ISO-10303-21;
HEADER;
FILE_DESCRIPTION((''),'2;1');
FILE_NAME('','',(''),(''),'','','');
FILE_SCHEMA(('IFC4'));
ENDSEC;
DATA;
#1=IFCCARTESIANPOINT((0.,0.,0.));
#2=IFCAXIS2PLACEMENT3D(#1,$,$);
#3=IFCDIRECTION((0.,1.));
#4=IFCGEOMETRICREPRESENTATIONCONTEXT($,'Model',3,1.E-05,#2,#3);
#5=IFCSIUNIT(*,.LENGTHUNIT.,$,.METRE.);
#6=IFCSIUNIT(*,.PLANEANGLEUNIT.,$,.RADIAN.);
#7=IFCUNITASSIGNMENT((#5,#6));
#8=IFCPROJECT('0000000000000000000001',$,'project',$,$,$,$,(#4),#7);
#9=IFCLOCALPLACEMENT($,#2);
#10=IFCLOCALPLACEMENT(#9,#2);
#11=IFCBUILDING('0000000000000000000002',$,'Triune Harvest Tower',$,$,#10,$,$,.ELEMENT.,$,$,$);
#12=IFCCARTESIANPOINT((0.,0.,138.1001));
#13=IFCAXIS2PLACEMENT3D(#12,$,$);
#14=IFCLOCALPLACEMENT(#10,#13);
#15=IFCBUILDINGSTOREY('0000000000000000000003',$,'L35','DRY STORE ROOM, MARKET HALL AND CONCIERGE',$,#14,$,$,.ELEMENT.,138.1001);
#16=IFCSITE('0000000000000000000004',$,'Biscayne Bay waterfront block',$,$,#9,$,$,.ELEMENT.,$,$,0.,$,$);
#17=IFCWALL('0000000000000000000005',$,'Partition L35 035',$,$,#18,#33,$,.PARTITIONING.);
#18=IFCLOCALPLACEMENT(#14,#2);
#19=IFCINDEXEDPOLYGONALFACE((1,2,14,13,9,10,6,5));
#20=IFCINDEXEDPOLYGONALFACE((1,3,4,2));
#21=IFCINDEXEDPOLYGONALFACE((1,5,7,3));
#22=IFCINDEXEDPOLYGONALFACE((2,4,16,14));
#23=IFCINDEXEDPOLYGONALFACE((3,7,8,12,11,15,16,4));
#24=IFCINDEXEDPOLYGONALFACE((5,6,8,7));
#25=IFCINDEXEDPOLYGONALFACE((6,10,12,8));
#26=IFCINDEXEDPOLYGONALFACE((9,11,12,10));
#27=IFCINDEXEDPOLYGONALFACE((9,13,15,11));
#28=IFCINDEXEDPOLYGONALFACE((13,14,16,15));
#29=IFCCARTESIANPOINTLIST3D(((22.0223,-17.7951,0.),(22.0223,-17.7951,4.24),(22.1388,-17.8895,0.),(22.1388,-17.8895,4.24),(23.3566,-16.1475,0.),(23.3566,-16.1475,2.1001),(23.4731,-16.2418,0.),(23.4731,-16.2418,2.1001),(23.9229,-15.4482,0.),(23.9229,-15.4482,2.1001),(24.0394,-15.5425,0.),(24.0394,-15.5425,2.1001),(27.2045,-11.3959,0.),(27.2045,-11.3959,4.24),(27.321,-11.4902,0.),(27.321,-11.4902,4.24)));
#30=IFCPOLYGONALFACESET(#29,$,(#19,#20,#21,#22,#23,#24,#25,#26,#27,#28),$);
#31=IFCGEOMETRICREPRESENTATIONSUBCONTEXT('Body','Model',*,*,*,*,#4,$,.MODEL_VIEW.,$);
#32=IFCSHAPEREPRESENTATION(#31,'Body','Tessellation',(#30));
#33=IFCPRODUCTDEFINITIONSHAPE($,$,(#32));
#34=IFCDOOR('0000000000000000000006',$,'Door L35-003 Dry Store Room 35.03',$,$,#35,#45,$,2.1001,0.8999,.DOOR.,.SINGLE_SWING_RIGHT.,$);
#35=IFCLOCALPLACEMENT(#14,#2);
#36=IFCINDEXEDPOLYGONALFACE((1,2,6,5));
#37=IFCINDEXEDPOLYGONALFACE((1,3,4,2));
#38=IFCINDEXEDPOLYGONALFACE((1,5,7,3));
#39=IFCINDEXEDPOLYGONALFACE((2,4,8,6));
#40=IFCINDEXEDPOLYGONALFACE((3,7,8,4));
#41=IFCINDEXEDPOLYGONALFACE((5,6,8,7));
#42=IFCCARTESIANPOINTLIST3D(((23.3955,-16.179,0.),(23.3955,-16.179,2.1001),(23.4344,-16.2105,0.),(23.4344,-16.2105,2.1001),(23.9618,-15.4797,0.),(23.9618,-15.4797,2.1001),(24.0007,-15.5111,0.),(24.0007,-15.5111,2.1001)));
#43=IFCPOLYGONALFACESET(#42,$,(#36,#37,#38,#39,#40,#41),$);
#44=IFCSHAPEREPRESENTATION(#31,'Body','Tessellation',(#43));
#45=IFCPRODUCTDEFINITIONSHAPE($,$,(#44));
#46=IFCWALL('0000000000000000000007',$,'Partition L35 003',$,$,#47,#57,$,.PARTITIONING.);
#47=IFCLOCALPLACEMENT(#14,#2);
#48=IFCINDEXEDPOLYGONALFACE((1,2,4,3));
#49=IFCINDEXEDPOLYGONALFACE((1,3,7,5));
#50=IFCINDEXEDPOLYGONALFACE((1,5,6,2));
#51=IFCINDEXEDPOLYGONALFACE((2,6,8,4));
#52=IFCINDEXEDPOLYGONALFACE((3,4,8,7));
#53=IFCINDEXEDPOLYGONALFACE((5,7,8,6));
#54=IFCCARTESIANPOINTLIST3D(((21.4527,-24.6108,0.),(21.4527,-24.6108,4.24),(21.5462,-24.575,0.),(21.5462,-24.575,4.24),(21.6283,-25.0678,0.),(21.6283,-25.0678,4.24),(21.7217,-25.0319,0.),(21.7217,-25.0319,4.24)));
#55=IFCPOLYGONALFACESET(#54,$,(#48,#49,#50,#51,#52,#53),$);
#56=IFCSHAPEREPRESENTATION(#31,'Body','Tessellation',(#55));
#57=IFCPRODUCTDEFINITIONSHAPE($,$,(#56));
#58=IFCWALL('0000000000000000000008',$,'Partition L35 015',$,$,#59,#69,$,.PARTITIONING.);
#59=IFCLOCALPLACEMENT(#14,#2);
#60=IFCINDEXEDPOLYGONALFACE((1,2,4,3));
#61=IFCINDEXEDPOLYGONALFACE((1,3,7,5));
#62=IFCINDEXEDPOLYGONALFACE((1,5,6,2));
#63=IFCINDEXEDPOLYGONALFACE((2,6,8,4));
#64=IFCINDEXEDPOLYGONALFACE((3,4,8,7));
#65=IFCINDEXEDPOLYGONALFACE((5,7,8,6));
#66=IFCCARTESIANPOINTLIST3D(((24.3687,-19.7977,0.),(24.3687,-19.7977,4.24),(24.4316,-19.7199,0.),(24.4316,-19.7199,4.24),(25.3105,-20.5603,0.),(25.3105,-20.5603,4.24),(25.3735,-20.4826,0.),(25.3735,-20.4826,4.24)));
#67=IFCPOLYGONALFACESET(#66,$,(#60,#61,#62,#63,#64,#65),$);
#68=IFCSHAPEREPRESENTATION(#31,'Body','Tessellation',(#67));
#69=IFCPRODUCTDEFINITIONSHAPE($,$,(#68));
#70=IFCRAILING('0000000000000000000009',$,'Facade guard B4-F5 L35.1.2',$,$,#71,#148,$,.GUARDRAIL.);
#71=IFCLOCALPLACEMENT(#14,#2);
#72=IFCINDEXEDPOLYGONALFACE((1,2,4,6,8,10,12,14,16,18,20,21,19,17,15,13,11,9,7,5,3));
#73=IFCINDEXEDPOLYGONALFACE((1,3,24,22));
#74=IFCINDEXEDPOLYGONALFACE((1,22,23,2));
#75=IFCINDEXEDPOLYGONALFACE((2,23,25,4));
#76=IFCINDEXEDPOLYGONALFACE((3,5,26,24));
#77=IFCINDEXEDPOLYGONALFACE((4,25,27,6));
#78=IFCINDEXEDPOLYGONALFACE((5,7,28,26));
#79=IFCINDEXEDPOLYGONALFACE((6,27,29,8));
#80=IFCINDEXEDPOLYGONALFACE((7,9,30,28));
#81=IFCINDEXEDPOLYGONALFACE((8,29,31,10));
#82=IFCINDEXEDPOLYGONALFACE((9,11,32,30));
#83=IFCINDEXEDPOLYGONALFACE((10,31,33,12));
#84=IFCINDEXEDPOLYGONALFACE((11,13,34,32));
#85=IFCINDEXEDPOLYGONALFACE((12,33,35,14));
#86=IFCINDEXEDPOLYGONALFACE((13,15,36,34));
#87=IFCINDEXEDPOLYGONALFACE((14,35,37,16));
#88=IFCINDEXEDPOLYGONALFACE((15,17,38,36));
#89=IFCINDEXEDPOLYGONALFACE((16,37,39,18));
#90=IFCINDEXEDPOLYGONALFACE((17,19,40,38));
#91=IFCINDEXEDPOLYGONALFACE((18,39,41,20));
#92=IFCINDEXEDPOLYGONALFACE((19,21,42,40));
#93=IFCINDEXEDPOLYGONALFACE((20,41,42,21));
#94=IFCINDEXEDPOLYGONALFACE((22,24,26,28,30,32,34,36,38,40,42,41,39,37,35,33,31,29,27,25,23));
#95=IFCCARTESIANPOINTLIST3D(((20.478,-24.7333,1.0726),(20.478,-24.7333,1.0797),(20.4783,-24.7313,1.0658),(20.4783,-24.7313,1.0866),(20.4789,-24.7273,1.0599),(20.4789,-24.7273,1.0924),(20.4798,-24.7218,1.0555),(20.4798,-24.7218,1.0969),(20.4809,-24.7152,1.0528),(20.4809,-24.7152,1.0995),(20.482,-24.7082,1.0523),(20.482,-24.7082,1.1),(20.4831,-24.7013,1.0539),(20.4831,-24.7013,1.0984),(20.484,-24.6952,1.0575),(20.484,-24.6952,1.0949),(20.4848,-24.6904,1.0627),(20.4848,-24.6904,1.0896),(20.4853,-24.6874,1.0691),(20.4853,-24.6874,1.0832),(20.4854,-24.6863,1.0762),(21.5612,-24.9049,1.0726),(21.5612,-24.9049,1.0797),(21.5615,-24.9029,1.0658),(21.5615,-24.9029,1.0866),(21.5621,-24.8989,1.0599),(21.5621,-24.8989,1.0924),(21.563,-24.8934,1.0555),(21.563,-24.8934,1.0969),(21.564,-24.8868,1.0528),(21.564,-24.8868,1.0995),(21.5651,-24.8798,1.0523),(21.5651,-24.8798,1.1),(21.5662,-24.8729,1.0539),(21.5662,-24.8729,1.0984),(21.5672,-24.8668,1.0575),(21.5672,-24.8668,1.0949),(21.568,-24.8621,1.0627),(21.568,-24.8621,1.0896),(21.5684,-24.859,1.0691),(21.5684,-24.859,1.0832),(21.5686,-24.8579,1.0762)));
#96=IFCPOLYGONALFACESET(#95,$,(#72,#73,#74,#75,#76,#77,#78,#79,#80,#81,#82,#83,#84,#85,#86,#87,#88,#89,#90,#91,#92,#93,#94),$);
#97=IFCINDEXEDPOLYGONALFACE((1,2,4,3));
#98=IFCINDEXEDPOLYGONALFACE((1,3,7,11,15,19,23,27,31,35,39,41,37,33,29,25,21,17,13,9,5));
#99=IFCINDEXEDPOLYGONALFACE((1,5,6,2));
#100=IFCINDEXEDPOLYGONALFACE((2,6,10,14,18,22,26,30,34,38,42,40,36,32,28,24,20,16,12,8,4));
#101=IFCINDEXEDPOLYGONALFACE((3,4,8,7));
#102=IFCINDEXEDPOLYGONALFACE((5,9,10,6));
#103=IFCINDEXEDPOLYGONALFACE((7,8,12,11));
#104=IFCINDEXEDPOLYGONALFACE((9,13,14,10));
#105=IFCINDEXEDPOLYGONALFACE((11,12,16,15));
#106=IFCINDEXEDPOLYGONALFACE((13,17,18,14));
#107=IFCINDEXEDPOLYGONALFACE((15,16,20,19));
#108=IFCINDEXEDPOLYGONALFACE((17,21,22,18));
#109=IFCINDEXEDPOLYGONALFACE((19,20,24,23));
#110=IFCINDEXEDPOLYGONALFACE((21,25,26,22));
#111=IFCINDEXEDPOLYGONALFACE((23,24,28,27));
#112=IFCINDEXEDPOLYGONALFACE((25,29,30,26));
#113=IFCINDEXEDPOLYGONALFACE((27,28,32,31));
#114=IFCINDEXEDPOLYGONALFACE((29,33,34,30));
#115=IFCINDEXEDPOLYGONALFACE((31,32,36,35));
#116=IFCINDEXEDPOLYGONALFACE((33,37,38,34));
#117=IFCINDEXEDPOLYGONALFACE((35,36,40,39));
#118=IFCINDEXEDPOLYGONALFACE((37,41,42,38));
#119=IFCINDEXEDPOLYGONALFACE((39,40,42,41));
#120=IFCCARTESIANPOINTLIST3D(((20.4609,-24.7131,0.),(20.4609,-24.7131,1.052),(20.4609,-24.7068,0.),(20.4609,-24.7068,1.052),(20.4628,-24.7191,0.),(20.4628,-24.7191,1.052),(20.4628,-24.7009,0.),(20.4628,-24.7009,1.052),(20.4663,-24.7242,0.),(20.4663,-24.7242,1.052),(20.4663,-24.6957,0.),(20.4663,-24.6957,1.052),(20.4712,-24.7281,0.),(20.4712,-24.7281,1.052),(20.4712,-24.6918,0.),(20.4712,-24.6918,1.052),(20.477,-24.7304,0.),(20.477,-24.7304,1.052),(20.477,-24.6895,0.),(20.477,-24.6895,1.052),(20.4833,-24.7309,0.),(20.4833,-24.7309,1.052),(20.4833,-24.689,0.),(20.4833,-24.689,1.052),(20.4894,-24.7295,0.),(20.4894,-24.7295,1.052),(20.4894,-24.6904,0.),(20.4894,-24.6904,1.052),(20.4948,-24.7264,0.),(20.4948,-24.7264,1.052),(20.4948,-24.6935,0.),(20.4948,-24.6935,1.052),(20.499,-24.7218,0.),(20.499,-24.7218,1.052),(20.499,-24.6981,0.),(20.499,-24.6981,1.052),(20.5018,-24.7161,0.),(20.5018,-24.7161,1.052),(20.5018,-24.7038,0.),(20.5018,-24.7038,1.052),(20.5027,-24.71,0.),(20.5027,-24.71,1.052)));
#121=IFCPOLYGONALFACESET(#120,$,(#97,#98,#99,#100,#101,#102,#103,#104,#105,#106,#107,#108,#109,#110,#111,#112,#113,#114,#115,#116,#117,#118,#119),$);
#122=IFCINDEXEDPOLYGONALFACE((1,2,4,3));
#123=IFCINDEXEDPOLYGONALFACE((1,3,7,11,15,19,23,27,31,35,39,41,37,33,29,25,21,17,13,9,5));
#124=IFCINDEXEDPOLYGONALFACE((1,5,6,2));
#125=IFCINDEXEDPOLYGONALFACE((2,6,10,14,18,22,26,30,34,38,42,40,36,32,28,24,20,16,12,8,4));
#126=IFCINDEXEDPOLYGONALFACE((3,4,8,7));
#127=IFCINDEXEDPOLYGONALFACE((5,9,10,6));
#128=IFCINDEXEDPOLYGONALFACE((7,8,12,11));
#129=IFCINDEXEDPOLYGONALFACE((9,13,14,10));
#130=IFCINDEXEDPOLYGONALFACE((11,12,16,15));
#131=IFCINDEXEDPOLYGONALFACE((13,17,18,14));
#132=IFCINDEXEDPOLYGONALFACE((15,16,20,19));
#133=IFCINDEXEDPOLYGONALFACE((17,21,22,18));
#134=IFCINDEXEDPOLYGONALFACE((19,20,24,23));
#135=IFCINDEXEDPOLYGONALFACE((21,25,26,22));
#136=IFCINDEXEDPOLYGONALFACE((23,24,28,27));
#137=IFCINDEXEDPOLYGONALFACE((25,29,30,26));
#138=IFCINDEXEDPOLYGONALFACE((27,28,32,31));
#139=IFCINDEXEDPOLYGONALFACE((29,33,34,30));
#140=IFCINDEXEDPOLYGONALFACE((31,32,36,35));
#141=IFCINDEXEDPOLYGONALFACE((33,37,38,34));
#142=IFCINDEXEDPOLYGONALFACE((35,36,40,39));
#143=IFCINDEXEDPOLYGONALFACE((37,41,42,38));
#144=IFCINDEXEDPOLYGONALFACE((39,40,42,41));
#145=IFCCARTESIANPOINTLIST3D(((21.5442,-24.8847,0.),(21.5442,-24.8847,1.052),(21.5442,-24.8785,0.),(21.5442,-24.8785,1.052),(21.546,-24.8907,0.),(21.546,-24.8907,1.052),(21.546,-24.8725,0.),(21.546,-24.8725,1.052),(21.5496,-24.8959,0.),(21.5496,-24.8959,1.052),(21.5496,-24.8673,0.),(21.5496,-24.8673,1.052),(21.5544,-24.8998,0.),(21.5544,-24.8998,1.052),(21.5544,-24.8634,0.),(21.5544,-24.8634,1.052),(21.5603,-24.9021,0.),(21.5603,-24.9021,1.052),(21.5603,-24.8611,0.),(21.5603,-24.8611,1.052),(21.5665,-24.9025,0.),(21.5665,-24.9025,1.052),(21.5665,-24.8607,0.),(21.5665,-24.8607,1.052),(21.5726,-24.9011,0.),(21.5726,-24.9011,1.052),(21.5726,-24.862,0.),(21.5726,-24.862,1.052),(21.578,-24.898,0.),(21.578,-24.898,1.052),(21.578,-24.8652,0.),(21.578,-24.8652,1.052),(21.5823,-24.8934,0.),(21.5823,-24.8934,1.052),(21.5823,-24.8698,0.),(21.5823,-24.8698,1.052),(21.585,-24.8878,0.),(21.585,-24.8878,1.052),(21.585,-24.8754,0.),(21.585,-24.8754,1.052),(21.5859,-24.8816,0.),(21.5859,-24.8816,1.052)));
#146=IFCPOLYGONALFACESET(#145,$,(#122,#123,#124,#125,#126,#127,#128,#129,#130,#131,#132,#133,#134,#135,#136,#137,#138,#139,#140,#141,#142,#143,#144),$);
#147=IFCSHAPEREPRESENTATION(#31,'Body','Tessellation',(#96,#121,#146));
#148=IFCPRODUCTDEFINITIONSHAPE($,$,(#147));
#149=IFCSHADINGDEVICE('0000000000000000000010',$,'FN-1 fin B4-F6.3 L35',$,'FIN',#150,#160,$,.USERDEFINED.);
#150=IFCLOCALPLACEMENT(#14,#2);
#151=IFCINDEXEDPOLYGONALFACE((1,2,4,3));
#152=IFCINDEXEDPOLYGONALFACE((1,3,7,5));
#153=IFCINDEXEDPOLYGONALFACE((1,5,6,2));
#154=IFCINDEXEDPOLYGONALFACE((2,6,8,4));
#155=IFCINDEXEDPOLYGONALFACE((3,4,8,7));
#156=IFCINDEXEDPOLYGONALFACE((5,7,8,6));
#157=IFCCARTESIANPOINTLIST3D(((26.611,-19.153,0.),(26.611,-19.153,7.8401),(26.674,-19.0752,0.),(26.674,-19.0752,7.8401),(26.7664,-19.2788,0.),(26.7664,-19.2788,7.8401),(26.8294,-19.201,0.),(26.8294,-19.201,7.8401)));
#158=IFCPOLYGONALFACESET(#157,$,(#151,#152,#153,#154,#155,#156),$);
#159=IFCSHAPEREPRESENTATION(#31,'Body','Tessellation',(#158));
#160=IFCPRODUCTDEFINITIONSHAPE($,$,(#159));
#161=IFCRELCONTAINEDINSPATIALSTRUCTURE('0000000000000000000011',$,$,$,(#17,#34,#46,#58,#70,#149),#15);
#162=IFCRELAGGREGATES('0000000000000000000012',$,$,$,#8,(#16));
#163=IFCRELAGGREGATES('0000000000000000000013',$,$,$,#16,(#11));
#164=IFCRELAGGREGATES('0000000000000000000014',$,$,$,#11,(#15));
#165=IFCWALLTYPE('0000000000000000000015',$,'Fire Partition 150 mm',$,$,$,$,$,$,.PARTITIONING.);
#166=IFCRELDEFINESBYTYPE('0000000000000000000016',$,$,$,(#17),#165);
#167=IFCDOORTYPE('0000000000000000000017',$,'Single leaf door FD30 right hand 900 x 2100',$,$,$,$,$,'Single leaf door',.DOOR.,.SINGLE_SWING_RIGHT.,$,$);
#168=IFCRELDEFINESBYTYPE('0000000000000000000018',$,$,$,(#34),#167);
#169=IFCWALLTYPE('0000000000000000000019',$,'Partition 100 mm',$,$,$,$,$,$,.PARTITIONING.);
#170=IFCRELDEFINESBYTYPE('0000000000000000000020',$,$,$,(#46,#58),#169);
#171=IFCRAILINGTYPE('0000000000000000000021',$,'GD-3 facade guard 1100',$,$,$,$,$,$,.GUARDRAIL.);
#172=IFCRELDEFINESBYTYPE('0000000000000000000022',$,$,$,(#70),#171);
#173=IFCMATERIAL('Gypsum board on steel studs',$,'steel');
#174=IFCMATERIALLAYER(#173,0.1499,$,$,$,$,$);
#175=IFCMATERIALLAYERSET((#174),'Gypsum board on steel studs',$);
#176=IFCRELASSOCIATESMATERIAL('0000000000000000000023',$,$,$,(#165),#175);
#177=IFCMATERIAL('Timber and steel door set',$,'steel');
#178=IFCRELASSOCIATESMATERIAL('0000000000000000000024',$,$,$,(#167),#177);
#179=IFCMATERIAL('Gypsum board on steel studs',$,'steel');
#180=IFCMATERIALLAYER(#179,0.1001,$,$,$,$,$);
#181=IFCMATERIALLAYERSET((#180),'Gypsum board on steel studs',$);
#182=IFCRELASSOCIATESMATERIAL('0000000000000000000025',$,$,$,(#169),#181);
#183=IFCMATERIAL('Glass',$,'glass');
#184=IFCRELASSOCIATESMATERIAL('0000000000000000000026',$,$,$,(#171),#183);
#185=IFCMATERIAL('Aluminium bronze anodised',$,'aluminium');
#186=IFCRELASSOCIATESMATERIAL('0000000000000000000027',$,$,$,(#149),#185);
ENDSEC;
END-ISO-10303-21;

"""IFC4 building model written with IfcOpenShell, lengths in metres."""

from ifc_helpers import new_model, si_unit, direction, frame, frame_2d, origin, origin_2d, place, context, subcontext, project, spatial, rectangle, circle, extrude, source, transform, mapped, material, layer, layer_set, type_object, element, fill, save


model = new_model("IFC4")

# Units and contexts
model_context = context("Model", 3, precision=1e-05, world=origin(), true_north=direction((0.0, 1.0)))
body_context = subcontext(model_context, "Body", "Model", "MODEL_VIEW")
ifc_project = project(units=[si_unit("LENGTHUNIT", "METRE"), si_unit("PLANEANGLEUNIT", "RADIAN")], contexts=[model_context])

# Site, building, storey
site_placement = place(None, origin())
site = spatial("IfcSite", under=ifc_project, at=site_placement, Name="Biscayne Bay waterfront block", CompositionType="ELEMENT", RefElevation=0.0)
building_placement = place(site_placement, origin())
building = spatial("IfcBuilding", under=site, at=building_placement, Name="Triune Harvest Tower", CompositionType="ELEMENT")
storey_placement = place(building_placement, frame((0.0, 0.0, 138.1001)))
storey = spatial("IfcBuildingStorey", under=building, at=storey_placement, Name="L35", Description="DRY STORE ROOM, MARKET HALL AND CONCIERGE", CompositionType="ELEMENT", Elevation=138.1001)

# Wall, opening, door
ifc_material_1 = material(Name="Gypsum board on steel studs", Category="steel")
ifc_layer_1 = layer(ifc_material_1, 0.1499)
ifc_layer_set_1 = layer_set([ifc_layer_1], Name="Gypsum board on steel studs")
wall_type_1 = type_object("IfcWallType", Name="Fire Partition 150 mm", PredefinedType="PARTITIONING", material=ifc_layer_set_1)
wall_1_placement = place(storey_placement, frame((22.0806, -17.8423, 0.0), z_axis=(0.0, 0.0, 1.0), x_axis=(0.629334, 0.777135, 0.0)))
wall_1 = element("IfcWall", 1, at=wall_1_placement, inside=storey, type_object=wall_type_1, Name="Partition L35 035", PredefinedType="PARTITIONING", context=body_context, shape_type="SweptSolid", body=[
    extrude(rectangle(XDim=8.2344, YDim=0.1499, at=frame_2d((4.1172, 0.0))), origin(), (0.0, 0.0, 1.0), 4.24),
])
opening_placement = place(wall_1_placement, frame((2.1201, 0.0, 0.0)))
opening = element("IfcOpeningElement", 2, at=opening_placement, cuts=wall_1, PredefinedType="OPENING", context=body_context, shape_type="SweptSolid", body=[
    extrude(rectangle(XDim=0.8999, YDim=2.1001, at=frame_2d((0.45, 1.05))), frame((0.0, 0.085, 0.0), z_axis=(0.0, -1.0, 0.0), x_axis=(1.0, 0.0, 0.0)), (0.0, 0.0, 1.0), 0.1699),
])
ifc_material_2 = material(Name="Timber and steel door set", Category="steel")
door_type = type_object("IfcDoorType", Name="Single leaf door FD30 right hand 900 x 2100", ElementType="Single leaf door", OperationType="SINGLE_SWING_RIGHT", PredefinedType="DOOR", material=ifc_material_2)
door_placement = place(opening_placement, origin())
door = element("IfcDoor", 3, at=door_placement, inside=storey, type_object=door_type, Name="Door L35-003 Dry Store Room 35.03", OperationType="SINGLE_SWING_RIGHT", OverallHeight=2.1001, OverallWidth=0.8999, PredefinedType="DOOR", context=body_context, shape_type="SweptSolid", body=[
    extrude(rectangle(XDim=0.8999, YDim=2.1001, at=frame_2d((0.45, 1.05))), frame((0.0, 0.0249, 0.0), z_axis=(0.0, -1.0, 0.0), x_axis=(1.0, 0.0, 0.0)), (0.0, 0.0, 1.0), 0.05),
])
fill(opening, door)

# Walls
ifc_material_3 = material(Name="Gypsum board on steel studs", Category="steel")
ifc_layer_2 = layer(ifc_material_3, 0.1001)
ifc_layer_set_2 = layer_set([ifc_layer_2], Name="Gypsum board on steel studs")
wall_type_2 = type_object("IfcWallType", Name="Partition 100 mm", PredefinedType="PARTITIONING", material=ifc_layer_set_2)
wall_2_placement = place(storey_placement, frame((21.4995, -24.593, 0.0), z_axis=(0.0, 0.0, 1.0), x_axis=(0.358545, -0.933513, 0.0)))
element("IfcWall", 4, at=wall_2_placement, inside=storey, type_object=wall_type_2, Name="Partition L35 003", PredefinedType="PARTITIONING", context=body_context, shape_type="SweptSolid", body=[
    extrude(rectangle(XDim=0.4895, YDim=0.1001, at=frame_2d((0.2446, 0.0))), origin(), (0.0, 0.0, 1.0), 4.24),
])
shared_shape_1 = source(origin(), body_context, "Body", "SweptSolid", [
    extrude(rectangle(XDim=1.2119, YDim=0.1001, at=frame_2d((0.606, 0.0))), origin(), (0.0, 0.0, 1.0), 4.24),
])
wall_3_placement = place(storey_placement, frame((24.4001, -19.7588, 0.0), z_axis=(0.0, 0.0, 1.0), x_axis=(0.77716, -0.629303, 0.0)))
element("IfcWall", 5, at=wall_3_placement, inside=storey, type_object=wall_type_2, Name="Partition L35 015", PredefinedType="PARTITIONING", context=body_context, shape_type="MappedRepresentation", body=[
    mapped(shared_shape_1, transform((0.0, 0.0, 0.0), scale=1.0)),
])

# Railing
ifc_material_4 = material(Name="Glass", Category="glass")
railing_type = type_object("IfcRailingType", Name="GD-3 facade guard 1100", PredefinedType="GUARDRAIL", material=ifc_material_4)
railing_placement = place(storey_placement, frame((20.4817, -24.71, 0.0)))
element("IfcRailing", 6, at=railing_placement, inside=storey, type_object=railing_type, Name="Facade guard B4-F5 L35.1.2", PredefinedType="GUARDRAIL", context=body_context, shape_type="SweptSolid", body=[
    extrude(circle(Radius=0.0239, at=origin_2d()), frame((0.0, 0.0, 1.0762), z_axis=(0.98768, -0.156488, 0.0), x_axis=(0.156488, 0.98768, 0.0)), (0.0, 0.0, 1.0), 1.0967),
    extrude(circle(Radius=0.021, at=origin_2d()), origin(), (0.0, 0.0, 1.0), 1.052),
    extrude(circle(Radius=0.021, at=origin_2d()), frame((1.0833, -0.1716, 0.0)), (0.0, 0.0, 1.0), 1.052),
])

# Shading device
ifc_material_5 = material(Name="Aluminium bronze anodised", Category="aluminium")
shared_shape_2 = source(origin(), body_context, "Body", "SweptSolid", [
    extrude(rectangle(XDim=0.1001, YDim=0.2, at=origin_2d()), origin(), (0.0, 0.0, 1.0), 7.8401),
])
shading_device_placement = place(storey_placement, frame((26.7202, -19.177, 0.0), z_axis=(0.0, 0.0, 1.0), x_axis=(0.629321, 0.777146, 0.0)))
element("IfcShadingDevice", 7, at=shading_device_placement, inside=storey, material=ifc_material_5, Name="FN-1 fin B4-F6.3 L35", ObjectType="FIN", PredefinedType="USERDEFINED", context=body_context, shape_type="MappedRepresentation", body=[
    mapped(shared_shape_2, transform((0.0, 0.0, 0.0), scale=1.0)),
])

save(model, "model.ifc")
